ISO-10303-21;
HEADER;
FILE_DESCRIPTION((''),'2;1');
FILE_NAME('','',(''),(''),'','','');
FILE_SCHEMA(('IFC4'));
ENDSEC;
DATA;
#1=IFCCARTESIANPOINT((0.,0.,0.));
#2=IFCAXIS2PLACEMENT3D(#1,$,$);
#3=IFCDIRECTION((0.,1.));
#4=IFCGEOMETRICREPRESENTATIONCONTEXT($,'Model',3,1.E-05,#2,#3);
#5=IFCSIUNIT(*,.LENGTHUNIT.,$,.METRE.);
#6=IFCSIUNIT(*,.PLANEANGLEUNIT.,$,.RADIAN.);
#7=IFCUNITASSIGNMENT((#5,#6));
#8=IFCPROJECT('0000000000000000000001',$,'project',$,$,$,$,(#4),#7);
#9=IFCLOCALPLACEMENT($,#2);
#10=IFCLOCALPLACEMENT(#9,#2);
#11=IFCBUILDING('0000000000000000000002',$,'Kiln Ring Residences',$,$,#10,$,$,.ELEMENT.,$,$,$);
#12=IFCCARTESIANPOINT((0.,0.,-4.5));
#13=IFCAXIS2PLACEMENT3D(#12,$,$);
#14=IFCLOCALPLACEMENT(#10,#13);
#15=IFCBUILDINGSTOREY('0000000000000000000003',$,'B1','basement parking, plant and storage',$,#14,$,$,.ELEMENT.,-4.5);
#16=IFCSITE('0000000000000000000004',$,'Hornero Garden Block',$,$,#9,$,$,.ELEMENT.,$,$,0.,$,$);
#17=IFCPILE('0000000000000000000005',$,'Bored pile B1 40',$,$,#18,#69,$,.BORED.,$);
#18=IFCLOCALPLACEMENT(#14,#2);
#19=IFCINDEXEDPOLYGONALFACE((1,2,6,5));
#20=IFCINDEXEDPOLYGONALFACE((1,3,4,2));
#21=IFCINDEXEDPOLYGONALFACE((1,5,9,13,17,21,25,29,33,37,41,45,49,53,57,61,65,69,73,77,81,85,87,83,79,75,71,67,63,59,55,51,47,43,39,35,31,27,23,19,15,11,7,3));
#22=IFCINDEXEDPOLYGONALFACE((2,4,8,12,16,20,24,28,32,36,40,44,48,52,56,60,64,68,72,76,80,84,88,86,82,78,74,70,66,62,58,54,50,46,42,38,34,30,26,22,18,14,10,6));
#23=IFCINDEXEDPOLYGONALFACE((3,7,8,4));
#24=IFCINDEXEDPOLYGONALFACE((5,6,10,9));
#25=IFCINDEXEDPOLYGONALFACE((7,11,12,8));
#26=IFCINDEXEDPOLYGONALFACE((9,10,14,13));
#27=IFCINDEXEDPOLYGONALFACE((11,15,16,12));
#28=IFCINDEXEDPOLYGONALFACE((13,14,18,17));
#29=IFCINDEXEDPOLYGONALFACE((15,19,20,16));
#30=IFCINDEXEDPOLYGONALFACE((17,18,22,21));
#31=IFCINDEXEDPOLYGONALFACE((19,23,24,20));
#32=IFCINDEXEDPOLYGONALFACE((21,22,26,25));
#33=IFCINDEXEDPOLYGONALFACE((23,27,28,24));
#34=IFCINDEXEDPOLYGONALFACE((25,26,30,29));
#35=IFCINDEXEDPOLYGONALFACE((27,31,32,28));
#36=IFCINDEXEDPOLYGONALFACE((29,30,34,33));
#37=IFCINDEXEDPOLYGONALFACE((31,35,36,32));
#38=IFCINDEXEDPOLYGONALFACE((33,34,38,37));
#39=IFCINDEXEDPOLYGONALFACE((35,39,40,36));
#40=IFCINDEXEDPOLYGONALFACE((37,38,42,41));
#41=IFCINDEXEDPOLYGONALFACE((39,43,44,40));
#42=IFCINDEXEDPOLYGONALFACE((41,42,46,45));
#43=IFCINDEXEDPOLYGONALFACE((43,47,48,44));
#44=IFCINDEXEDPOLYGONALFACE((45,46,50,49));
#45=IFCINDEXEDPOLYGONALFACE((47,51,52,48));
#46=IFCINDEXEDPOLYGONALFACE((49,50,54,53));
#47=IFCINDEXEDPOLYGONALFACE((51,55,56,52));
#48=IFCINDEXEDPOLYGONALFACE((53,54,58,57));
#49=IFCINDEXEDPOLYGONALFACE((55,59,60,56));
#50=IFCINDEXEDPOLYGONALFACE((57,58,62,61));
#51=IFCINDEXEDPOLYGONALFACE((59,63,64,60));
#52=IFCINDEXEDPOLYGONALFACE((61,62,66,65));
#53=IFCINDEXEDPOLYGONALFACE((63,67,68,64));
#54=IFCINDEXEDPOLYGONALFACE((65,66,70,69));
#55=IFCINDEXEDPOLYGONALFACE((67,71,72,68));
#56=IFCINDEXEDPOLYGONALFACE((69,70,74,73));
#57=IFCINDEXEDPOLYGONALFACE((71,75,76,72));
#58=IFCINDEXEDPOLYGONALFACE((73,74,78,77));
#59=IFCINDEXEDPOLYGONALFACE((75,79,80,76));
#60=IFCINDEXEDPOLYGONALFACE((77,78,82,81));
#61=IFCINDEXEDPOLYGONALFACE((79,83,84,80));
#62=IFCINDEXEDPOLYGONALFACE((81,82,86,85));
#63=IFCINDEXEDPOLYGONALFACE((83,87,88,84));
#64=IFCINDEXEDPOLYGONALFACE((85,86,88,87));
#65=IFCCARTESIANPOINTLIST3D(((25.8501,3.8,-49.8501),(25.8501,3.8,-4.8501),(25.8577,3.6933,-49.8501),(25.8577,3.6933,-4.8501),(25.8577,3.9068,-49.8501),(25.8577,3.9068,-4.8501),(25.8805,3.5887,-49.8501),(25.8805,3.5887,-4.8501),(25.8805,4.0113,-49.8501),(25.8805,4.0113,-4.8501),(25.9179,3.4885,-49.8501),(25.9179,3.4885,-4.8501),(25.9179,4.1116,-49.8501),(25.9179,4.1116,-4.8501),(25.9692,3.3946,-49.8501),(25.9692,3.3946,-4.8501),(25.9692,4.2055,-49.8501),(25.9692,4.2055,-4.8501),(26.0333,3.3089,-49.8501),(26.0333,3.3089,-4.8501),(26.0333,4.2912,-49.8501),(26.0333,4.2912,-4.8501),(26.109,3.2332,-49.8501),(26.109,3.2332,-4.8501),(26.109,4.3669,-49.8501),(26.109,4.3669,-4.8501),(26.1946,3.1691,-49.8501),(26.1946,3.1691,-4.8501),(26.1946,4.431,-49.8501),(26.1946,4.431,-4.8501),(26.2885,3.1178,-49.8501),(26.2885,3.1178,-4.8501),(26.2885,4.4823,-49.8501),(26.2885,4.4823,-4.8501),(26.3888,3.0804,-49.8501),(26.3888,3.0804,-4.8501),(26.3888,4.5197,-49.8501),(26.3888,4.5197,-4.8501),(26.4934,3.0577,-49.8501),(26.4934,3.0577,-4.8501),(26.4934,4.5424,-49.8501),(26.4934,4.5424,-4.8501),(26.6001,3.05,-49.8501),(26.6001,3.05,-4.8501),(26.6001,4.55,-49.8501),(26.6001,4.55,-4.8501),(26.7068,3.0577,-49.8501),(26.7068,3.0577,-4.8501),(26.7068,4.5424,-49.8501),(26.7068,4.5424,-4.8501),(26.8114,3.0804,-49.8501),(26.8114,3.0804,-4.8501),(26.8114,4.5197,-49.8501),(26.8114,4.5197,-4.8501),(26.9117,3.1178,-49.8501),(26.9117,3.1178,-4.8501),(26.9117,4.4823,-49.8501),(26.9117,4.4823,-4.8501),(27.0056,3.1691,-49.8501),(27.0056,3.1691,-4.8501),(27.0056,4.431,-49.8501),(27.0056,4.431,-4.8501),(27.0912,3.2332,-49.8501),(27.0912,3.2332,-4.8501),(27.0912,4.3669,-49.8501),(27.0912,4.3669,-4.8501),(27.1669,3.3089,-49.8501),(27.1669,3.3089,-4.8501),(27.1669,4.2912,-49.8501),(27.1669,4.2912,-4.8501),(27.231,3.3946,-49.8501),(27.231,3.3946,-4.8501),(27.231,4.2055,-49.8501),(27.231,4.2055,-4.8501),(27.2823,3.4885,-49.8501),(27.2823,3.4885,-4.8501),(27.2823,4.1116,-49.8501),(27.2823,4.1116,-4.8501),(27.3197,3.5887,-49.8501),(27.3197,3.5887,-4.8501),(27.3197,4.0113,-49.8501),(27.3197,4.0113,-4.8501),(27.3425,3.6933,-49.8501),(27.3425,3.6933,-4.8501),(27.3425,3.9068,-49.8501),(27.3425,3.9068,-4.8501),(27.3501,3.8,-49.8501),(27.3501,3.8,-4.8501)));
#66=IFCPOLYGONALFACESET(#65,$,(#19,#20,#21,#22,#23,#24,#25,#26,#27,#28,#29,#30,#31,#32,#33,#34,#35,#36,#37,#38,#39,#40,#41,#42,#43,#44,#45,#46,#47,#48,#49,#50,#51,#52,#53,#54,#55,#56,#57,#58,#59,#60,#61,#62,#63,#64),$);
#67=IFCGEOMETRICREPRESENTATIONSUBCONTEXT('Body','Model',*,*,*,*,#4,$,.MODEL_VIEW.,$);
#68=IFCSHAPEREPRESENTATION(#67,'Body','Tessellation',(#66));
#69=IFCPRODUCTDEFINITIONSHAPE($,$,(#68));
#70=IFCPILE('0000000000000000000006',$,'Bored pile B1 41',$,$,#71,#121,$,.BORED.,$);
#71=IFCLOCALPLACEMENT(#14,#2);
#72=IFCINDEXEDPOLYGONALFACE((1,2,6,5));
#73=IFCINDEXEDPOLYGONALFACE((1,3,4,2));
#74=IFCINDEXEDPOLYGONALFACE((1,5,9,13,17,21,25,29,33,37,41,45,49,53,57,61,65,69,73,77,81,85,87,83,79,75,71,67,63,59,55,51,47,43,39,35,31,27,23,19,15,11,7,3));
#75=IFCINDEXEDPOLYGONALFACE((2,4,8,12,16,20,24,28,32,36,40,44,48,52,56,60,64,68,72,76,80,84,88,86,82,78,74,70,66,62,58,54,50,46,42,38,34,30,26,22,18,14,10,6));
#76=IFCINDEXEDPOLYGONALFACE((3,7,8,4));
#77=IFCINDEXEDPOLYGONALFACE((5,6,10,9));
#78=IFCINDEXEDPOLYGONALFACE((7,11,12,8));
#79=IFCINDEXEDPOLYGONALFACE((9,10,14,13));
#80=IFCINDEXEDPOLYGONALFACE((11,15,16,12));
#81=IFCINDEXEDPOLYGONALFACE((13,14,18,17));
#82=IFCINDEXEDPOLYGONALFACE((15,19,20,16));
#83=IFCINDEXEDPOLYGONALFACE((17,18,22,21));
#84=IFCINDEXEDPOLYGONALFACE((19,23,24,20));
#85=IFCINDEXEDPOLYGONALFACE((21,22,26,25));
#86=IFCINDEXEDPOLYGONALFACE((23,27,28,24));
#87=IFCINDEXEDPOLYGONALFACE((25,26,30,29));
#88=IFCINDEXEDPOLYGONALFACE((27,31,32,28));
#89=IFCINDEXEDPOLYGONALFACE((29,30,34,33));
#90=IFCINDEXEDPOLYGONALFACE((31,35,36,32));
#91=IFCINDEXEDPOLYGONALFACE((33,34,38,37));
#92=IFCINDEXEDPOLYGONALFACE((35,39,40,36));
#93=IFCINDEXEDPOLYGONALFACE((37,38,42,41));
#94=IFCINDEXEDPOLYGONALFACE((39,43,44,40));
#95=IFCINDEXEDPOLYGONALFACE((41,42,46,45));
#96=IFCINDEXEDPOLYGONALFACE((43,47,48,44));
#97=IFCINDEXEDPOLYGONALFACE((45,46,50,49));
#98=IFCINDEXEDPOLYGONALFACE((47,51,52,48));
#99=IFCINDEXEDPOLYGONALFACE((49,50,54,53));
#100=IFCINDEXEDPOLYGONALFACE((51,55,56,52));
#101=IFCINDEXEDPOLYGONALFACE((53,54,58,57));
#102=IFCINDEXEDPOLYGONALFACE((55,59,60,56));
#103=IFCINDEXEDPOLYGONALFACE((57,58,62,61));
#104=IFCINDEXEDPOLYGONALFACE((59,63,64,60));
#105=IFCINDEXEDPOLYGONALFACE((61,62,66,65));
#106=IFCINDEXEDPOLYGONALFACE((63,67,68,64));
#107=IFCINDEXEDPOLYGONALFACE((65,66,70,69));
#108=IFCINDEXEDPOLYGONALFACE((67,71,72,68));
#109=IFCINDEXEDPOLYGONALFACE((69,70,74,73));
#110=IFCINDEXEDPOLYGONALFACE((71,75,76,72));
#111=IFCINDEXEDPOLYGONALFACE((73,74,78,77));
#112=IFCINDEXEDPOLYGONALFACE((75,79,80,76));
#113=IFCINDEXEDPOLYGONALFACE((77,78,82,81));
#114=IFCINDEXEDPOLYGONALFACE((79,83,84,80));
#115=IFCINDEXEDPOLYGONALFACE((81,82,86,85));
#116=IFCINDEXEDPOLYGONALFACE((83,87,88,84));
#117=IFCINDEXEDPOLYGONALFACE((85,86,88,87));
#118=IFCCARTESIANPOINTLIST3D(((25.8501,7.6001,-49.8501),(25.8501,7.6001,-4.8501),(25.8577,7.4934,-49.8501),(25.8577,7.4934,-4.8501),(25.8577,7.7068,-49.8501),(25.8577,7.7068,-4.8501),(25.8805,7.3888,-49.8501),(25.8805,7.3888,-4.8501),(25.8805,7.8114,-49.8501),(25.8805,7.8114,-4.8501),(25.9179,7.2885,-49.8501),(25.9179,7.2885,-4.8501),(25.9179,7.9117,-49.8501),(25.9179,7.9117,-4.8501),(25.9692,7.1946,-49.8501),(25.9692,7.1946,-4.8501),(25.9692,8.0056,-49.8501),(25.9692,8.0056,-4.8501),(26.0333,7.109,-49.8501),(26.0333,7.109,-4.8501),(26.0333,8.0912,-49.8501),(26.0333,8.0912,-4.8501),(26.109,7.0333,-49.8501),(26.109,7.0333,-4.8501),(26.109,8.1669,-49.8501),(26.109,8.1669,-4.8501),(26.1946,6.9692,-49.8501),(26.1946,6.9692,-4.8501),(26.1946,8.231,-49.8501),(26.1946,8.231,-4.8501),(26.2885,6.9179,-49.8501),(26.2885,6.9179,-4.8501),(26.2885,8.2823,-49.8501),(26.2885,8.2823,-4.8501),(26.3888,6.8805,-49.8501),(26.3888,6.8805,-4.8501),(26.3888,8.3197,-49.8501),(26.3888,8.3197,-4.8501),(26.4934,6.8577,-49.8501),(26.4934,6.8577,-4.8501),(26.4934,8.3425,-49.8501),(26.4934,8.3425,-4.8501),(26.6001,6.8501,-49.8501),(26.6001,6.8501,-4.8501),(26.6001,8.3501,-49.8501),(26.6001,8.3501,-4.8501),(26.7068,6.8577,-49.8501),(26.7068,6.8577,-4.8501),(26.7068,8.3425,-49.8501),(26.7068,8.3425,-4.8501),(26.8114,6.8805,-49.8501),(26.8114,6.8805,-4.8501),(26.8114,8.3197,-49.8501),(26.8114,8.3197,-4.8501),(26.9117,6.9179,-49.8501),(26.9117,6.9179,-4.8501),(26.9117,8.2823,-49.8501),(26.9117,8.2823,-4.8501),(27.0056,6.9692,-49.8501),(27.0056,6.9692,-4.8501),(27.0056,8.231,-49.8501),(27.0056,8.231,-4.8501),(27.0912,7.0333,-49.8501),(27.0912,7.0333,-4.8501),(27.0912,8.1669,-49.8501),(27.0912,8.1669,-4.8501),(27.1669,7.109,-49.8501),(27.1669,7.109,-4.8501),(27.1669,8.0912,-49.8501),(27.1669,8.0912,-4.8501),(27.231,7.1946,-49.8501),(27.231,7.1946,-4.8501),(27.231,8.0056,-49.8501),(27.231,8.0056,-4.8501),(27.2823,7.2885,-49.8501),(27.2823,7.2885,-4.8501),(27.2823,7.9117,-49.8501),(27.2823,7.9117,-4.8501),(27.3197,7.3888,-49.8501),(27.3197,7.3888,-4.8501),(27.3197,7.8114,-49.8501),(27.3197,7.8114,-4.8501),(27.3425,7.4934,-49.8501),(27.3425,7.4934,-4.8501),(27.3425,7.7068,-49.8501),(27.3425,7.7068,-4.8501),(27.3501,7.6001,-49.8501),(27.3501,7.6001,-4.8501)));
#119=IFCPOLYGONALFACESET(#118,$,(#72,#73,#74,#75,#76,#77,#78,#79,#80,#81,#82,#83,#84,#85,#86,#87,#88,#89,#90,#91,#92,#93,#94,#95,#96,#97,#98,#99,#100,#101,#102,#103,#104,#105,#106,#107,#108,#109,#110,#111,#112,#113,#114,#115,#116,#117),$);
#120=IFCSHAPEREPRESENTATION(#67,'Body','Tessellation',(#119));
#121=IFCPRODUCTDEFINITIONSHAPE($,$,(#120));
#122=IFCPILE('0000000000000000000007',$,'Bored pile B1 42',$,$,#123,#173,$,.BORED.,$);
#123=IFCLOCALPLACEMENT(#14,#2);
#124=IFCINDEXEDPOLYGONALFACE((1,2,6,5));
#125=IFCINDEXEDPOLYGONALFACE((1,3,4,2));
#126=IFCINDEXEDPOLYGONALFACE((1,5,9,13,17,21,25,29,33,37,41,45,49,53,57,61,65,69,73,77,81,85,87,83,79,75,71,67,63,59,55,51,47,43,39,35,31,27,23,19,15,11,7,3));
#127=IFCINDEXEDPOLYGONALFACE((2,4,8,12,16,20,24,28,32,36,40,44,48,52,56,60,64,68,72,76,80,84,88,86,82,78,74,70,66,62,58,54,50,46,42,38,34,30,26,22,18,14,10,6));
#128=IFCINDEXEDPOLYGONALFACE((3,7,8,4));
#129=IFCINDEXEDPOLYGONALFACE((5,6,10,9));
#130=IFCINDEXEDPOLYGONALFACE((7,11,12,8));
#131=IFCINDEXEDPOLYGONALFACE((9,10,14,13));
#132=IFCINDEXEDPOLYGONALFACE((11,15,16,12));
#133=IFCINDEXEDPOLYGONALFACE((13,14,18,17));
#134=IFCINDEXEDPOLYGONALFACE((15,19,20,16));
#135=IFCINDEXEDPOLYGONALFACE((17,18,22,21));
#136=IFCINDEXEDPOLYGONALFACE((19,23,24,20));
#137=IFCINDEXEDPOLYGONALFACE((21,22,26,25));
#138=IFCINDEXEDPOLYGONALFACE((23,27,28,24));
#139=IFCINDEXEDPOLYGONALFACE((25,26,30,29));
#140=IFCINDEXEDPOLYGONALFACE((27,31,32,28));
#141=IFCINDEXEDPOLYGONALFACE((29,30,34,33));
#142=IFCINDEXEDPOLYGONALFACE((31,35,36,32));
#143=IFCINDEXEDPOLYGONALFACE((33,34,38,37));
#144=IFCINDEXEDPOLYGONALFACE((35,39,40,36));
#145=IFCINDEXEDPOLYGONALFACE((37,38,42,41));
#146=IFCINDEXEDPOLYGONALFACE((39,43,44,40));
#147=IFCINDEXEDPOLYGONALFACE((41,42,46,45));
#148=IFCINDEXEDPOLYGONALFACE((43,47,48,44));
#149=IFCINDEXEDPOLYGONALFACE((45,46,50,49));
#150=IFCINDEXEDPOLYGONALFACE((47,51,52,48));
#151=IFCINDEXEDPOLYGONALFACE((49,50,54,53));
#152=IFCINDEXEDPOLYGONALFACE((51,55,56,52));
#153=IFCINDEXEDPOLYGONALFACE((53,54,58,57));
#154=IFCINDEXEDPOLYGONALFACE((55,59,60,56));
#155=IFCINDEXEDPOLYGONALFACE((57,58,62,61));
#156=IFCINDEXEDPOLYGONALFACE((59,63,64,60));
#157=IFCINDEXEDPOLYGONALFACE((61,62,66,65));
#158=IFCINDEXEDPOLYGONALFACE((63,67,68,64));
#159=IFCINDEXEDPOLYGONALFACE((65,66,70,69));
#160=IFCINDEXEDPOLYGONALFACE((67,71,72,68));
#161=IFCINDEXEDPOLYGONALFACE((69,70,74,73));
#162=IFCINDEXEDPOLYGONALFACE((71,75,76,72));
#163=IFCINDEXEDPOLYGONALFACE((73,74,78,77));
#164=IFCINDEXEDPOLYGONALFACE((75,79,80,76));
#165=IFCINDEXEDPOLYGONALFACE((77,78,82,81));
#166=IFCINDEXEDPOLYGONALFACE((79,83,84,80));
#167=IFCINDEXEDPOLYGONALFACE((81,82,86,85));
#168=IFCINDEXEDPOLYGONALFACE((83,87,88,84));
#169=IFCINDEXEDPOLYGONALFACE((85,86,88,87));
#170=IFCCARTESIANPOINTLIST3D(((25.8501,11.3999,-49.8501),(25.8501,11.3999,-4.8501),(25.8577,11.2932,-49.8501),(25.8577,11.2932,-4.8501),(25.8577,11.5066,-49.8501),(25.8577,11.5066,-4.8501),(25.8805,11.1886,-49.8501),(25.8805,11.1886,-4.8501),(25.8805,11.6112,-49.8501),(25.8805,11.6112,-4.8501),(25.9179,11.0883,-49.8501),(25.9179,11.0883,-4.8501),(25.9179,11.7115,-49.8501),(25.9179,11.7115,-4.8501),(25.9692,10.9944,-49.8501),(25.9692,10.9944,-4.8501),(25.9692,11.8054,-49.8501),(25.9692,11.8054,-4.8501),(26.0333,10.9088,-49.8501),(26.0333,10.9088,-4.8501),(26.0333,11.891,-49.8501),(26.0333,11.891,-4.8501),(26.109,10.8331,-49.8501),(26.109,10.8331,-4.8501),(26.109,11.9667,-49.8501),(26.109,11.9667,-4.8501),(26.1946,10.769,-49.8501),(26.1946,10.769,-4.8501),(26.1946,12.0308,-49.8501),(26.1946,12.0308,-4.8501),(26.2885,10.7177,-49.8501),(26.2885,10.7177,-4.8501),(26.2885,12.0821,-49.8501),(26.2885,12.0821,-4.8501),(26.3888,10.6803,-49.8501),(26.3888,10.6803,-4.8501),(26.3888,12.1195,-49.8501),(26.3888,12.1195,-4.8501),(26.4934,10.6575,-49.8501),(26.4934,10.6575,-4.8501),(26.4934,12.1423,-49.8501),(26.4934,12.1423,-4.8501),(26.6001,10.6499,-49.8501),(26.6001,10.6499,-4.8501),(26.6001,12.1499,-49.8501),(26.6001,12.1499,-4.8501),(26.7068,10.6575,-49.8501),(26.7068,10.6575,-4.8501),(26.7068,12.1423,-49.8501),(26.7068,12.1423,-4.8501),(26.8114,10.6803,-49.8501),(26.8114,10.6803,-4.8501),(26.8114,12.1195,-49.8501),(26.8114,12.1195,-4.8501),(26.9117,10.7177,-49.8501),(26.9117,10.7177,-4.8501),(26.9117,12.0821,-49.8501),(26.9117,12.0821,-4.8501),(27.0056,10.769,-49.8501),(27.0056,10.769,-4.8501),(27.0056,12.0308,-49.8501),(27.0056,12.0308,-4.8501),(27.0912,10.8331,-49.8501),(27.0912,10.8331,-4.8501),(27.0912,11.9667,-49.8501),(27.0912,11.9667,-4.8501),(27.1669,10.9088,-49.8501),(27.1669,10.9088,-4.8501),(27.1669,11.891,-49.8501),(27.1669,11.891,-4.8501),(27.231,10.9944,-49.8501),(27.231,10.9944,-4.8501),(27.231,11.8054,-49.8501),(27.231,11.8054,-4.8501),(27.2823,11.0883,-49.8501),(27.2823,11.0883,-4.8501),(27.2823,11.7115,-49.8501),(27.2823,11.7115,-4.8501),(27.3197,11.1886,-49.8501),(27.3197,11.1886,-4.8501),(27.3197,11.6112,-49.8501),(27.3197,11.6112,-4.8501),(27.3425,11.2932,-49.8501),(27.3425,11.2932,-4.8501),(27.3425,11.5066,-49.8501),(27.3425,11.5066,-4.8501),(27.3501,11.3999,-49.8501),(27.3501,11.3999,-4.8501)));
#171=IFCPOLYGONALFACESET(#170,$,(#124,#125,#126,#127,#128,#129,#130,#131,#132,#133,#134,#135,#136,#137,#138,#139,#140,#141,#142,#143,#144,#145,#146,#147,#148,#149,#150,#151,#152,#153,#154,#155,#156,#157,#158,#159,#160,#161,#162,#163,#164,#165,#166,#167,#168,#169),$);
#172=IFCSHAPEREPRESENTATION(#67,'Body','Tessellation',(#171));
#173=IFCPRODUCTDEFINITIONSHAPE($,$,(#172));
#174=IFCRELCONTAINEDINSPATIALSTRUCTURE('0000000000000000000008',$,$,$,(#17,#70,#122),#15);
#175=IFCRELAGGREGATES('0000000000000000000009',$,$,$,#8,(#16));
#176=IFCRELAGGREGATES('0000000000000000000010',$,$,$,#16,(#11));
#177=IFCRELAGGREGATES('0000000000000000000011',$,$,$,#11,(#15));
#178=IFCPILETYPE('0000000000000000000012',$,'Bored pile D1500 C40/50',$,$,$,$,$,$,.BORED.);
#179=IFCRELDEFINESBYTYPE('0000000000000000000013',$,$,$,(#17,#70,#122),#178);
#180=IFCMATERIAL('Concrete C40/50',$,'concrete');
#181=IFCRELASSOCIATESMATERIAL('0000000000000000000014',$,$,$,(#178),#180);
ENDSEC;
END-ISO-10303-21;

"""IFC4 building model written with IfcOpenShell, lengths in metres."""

from ifc_helpers import new_model, si_unit, direction, frame, origin, origin_2d, place, context, subcontext, project, spatial, circle, extrude, material, material_profile, profile_set, type_object, element, save


model = new_model("IFC4")

# Units and contexts
model_context = context("Model", 3, precision=1e-05, world=origin(), true_north=direction((0.0, 1.0)))
body_context = subcontext(model_context, "Body", "Model", "MODEL_VIEW")
ifc_project = project(units=[si_unit("LENGTHUNIT", "METRE"), si_unit("PLANEANGLEUNIT", "RADIAN")], contexts=[model_context])

# Site, building, storey
site_placement = place(None, origin())
site = spatial("IfcSite", under=ifc_project, at=site_placement, Name="Hornero Garden Block", CompositionType="ELEMENT", RefElevation=0.0)
building_placement = place(site_placement, origin())
building = spatial("IfcBuilding", under=site, at=building_placement, Name="Kiln Ring Residences", CompositionType="ELEMENT")
storey_placement = place(building_placement, frame((0.0, 0.0, -4.5)))
storey = spatial("IfcBuildingStorey", under=building, at=storey_placement, Name="B1", Description="basement parking, plant and storage", CompositionType="ELEMENT", Elevation=-4.5)

# Piles
ifc_material_1 = material(Name="Concrete C40/50", Category="concrete")
ifc_material_profile = material_profile(ifc_material_1, circle(Radius=0.75, at=origin_2d()), Name="BORED1500")
ifc_profile_set = profile_set([ifc_material_profile], Name="Concrete C40/50")
pile_type = type_object("IfcPileType", Name="Bored pile D1500 C40/50", PredefinedType="BORED", material=ifc_profile_set)
for number, where, z_axis, x_axis, name in (
    (1, (26.6001, 3.8, -4.8501), (0.0, 0.0, -1.0), (1.0, 0.0, 0.0), "Bored pile B1 40"),
    (2, (26.6001, 7.6001, -4.8501), (0.0, 0.0, -1.0), (1.0, 0.0, 0.0), "Bored pile B1 41"),
    (3, (26.6001, 11.3999, -4.8501), (0.0, 0.0, -1.0), (1.0, 0.0, 0.0), "Bored pile B1 42"),
):
    element("IfcPile", number, at=place(storey_placement, frame(where, z_axis=z_axis, x_axis=x_axis)), inside=storey, type_object=pile_type, Name=name, PredefinedType="BORED", context=body_context, shape_type="SweptSolid", body=[
        extrude(circle(Radius=0.75, at=origin_2d()), origin(), (0.0, 0.0, 1.0), 45.0),
    ])

save(model, "model.ifc")
